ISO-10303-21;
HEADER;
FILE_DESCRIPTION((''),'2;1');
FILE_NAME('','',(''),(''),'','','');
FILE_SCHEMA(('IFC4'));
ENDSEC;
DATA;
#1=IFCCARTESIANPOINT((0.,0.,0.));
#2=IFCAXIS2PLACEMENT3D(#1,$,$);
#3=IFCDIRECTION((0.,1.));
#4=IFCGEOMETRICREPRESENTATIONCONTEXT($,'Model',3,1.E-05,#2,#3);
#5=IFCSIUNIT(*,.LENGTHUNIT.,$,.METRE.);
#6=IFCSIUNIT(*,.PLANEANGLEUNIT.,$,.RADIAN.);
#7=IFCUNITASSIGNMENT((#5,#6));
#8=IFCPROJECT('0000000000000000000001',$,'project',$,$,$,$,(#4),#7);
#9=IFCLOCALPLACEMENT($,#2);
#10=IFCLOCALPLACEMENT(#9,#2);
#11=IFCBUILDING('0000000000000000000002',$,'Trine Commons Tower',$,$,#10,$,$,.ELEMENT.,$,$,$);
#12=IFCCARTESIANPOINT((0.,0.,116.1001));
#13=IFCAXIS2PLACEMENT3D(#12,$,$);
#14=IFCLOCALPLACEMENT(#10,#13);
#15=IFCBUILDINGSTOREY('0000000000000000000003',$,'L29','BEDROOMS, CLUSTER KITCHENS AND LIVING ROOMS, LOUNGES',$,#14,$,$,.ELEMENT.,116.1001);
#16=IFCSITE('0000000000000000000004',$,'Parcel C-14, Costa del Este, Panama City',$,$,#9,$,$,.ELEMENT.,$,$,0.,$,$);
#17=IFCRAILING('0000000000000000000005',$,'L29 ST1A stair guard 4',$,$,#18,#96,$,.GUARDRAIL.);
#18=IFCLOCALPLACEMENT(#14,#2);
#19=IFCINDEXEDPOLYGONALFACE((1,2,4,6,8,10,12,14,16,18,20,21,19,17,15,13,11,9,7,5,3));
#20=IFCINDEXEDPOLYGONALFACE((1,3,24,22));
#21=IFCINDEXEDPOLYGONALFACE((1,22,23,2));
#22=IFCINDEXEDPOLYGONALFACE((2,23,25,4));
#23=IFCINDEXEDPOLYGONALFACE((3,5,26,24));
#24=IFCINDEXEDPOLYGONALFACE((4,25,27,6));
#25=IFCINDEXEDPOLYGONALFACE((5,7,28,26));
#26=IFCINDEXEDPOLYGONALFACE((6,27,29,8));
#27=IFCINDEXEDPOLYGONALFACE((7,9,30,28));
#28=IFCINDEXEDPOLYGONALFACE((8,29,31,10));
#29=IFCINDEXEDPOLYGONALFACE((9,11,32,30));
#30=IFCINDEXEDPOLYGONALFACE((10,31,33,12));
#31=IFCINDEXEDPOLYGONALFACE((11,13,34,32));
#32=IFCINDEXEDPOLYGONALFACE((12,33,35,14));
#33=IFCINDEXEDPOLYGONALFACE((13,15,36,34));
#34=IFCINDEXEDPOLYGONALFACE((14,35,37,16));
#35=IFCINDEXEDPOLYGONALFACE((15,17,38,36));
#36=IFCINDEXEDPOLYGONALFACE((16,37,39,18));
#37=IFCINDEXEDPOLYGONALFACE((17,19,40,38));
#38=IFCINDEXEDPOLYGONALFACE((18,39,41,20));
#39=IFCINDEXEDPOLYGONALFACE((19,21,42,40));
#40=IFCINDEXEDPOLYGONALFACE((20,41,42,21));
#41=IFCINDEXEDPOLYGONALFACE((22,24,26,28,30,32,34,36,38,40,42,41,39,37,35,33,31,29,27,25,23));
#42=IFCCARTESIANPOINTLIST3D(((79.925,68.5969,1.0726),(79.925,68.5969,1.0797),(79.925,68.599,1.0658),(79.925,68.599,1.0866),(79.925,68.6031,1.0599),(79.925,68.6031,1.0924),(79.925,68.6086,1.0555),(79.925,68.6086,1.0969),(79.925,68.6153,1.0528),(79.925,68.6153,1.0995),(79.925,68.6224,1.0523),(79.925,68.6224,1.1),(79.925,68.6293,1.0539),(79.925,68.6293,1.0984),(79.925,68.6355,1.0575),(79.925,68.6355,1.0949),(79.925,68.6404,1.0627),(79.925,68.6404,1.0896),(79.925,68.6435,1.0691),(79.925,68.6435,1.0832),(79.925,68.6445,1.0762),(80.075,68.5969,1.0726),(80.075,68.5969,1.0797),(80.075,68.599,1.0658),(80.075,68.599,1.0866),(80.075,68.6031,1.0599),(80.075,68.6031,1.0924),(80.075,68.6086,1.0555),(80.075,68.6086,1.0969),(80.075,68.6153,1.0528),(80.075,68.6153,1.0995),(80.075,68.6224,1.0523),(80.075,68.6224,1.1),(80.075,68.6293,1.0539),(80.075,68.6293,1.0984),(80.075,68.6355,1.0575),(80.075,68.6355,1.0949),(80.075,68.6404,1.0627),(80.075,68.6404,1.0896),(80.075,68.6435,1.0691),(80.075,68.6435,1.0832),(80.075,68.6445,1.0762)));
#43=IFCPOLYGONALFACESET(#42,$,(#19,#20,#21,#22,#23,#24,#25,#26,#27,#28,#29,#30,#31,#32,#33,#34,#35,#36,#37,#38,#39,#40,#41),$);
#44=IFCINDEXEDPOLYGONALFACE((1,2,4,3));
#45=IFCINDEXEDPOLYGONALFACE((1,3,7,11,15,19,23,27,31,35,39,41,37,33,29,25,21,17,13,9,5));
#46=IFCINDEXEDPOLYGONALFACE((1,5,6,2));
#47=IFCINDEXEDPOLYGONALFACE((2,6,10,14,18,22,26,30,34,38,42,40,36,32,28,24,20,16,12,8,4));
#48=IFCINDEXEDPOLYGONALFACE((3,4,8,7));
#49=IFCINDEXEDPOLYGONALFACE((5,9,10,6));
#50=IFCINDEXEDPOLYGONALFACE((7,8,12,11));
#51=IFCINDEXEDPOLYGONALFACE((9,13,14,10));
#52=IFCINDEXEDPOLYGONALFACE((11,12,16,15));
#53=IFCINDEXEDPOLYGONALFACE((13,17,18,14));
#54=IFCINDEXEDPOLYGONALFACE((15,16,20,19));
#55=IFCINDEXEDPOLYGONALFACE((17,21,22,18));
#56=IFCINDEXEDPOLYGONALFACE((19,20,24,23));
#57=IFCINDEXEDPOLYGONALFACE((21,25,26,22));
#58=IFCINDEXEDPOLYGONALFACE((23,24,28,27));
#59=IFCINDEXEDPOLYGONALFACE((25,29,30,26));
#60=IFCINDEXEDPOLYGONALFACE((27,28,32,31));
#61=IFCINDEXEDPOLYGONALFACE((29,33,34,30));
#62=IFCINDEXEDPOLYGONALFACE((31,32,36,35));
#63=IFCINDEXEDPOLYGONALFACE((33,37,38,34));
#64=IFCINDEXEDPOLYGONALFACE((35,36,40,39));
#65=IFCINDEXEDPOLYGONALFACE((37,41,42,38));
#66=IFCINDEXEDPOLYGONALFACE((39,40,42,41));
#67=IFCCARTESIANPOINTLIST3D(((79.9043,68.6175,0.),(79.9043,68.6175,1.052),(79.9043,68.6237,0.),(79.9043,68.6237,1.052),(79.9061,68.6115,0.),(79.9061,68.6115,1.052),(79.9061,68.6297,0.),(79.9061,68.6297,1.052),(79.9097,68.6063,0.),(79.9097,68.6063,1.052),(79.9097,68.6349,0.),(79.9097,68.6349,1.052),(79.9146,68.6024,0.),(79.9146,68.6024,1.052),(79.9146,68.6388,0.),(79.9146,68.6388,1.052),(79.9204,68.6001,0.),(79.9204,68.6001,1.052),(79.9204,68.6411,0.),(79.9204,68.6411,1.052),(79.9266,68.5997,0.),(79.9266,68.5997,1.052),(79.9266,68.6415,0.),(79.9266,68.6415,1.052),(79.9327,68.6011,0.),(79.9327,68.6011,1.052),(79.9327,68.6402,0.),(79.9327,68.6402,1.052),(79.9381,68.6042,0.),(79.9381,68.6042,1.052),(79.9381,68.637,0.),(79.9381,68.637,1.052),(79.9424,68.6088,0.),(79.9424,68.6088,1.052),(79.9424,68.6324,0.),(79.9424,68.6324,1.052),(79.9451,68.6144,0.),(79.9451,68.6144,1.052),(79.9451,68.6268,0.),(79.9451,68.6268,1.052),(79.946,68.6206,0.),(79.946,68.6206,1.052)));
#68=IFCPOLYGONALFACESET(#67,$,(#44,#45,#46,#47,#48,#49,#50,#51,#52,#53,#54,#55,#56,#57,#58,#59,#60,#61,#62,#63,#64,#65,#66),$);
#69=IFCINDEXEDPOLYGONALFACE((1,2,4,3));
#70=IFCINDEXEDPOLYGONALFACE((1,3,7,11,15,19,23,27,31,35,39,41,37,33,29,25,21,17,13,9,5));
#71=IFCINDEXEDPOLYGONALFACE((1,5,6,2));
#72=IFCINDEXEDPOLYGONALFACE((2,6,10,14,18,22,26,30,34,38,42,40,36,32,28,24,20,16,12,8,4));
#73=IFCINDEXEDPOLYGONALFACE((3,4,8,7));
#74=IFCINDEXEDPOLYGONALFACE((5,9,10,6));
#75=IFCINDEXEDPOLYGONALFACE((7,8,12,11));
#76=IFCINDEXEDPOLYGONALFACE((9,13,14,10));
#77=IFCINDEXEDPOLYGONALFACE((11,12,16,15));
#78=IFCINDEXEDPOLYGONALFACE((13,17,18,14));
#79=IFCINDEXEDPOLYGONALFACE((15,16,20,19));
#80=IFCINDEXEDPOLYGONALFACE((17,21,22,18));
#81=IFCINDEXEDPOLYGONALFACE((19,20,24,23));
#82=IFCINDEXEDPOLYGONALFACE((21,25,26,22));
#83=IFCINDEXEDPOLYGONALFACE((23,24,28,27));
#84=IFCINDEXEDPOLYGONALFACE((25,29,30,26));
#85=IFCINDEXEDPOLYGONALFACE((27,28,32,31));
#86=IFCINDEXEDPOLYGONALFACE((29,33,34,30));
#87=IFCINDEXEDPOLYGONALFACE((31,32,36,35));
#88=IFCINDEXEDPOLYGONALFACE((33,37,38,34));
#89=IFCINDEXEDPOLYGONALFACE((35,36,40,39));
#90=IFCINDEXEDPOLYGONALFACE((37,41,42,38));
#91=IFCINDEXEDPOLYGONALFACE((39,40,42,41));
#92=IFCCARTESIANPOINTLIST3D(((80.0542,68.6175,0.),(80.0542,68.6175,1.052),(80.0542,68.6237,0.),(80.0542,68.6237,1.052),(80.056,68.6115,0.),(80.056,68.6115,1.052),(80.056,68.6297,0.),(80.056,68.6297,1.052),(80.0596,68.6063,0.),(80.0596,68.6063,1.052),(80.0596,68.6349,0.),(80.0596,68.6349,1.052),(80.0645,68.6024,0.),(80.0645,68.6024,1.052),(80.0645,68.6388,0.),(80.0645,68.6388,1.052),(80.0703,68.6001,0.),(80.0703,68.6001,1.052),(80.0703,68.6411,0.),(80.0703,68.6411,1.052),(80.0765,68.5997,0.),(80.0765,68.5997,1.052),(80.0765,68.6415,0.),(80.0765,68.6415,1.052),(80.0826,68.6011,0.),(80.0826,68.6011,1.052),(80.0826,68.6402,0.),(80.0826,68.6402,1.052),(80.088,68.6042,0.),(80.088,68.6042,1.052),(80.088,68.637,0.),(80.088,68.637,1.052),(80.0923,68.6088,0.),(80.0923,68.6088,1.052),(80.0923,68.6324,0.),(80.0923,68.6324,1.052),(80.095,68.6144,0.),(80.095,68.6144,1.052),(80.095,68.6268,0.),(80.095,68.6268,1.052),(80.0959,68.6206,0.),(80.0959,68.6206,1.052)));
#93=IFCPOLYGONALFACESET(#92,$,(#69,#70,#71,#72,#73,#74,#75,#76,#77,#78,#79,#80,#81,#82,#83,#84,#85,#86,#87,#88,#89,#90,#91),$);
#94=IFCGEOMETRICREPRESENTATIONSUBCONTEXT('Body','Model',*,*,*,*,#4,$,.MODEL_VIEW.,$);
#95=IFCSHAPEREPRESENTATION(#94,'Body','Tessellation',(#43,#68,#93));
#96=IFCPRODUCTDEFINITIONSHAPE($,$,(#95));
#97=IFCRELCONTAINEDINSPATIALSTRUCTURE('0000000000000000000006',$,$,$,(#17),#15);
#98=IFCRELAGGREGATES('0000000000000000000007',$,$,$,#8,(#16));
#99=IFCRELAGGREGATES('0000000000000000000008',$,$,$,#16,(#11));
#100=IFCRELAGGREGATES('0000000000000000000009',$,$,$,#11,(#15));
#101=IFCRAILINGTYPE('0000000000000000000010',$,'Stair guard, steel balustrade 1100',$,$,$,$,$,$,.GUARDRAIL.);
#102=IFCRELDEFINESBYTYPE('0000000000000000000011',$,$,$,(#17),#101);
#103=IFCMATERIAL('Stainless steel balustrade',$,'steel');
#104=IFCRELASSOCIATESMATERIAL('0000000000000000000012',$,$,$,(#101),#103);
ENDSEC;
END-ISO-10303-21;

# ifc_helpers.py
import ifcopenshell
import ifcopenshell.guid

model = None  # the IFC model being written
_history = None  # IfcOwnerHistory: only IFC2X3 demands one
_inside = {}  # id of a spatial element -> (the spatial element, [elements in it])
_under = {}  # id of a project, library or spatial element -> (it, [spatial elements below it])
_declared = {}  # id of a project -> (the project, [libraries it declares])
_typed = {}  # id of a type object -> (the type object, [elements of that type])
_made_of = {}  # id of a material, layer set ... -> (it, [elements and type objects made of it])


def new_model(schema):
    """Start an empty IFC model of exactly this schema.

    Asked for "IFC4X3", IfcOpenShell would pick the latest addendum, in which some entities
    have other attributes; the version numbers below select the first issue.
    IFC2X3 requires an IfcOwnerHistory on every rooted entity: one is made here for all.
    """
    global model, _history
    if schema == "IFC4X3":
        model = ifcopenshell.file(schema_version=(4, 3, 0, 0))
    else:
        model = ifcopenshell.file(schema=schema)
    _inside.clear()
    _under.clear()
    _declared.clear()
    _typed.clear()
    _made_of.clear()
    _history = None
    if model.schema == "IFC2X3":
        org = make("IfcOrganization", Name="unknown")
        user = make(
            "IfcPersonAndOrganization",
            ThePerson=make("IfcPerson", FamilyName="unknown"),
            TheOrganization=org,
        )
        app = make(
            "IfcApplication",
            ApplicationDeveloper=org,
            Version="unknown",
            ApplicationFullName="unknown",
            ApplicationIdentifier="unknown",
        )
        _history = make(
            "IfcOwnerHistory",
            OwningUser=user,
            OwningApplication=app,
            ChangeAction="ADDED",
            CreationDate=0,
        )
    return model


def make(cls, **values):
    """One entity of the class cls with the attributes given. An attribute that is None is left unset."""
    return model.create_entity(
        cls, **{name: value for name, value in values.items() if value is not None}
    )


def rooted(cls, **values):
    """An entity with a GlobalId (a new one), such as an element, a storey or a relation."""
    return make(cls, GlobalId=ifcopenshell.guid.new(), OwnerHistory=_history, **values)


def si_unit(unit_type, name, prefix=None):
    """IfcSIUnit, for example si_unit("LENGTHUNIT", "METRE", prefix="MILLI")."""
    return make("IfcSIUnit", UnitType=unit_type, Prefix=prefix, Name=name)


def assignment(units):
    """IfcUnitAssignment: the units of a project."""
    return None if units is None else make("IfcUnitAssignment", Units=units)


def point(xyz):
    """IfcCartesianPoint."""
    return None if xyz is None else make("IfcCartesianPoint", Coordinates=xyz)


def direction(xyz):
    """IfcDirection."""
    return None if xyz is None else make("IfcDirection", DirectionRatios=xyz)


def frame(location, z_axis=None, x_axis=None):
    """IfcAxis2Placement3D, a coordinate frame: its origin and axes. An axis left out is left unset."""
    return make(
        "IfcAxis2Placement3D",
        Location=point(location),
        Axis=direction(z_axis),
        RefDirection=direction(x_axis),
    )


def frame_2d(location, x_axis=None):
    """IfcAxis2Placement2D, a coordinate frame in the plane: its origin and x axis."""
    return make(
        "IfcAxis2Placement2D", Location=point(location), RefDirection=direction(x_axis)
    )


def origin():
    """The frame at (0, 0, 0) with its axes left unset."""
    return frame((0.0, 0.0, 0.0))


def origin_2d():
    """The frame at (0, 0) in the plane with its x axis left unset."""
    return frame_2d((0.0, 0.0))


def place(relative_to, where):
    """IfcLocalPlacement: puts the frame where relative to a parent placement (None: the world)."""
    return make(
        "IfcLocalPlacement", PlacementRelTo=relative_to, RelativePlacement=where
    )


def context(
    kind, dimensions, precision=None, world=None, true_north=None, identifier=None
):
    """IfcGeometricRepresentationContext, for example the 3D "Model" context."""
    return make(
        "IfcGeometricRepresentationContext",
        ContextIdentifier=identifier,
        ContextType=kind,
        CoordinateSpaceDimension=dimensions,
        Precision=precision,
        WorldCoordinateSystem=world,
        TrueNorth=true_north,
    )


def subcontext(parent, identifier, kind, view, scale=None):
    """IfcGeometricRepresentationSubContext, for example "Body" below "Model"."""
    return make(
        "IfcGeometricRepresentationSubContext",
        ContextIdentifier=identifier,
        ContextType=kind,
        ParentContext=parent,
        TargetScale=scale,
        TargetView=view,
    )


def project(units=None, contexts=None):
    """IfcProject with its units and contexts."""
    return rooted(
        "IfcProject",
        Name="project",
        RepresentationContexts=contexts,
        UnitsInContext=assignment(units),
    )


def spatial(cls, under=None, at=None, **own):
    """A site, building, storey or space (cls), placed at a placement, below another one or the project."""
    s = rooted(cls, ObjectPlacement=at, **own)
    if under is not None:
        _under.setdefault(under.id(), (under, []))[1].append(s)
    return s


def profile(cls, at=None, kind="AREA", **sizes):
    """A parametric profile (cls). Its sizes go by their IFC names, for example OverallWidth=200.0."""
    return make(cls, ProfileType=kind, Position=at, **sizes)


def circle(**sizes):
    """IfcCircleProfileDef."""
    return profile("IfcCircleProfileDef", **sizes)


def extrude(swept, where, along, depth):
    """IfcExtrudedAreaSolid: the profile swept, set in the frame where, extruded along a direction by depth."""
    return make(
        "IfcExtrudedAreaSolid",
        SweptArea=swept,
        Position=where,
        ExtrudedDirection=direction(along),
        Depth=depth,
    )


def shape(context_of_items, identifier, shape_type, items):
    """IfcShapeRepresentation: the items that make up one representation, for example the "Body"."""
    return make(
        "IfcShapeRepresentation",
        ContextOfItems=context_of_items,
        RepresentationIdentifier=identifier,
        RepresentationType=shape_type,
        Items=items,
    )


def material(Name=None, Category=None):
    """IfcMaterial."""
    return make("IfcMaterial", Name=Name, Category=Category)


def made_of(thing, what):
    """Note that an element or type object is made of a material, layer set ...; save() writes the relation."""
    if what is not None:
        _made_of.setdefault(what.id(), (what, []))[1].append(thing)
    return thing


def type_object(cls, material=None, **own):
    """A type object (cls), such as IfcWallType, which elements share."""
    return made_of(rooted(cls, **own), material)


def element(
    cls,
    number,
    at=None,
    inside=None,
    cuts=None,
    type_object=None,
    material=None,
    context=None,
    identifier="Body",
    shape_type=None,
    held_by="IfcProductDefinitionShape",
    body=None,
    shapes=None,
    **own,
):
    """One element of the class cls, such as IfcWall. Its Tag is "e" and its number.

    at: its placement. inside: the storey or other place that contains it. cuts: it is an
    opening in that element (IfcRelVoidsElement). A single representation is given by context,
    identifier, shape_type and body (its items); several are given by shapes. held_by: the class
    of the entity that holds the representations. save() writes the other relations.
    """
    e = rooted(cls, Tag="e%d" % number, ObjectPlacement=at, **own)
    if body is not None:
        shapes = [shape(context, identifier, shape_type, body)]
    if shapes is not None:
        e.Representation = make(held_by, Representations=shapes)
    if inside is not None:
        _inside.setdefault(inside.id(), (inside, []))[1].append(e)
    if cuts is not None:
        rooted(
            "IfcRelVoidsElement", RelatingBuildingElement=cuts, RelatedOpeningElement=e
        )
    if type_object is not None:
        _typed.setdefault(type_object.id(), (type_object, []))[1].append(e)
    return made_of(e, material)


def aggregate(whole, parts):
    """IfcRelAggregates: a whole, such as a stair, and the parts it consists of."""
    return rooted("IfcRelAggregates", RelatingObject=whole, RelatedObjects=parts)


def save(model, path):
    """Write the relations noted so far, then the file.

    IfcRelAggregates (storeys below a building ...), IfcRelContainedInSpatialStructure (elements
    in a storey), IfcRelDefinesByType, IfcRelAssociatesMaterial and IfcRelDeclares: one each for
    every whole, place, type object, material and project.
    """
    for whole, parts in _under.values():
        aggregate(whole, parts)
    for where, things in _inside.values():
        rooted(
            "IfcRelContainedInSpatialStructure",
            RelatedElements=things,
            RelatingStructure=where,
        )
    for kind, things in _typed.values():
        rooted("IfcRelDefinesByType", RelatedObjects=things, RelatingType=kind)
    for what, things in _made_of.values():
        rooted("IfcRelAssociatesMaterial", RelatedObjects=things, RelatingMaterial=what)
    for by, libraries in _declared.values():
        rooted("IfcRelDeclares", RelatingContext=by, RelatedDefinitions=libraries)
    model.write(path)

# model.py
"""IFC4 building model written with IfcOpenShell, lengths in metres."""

from ifc_helpers import new_model, si_unit, direction, frame, origin, origin_2d, place, context, subcontext, project, spatial, circle, extrude, material, type_object, element, save


model = new_model("IFC4")

# Units and contexts
model_context = context("Model", 3, precision=1e-05, world=origin(), true_north=direction((0.0, 1.0)))
body_context = subcontext(model_context, "Body", "Model", "MODEL_VIEW")
ifc_project = project(units=[si_unit("LENGTHUNIT", "METRE"), si_unit("PLANEANGLEUNIT", "RADIAN")], contexts=[model_context])

# Site, building, storey
site_placement = place(None, origin())
site = spatial("IfcSite", under=ifc_project, at=site_placement, Name="Parcel C-14, Costa del Este, Panama City", CompositionType="ELEMENT", RefElevation=0.0)
building_placement = place(site_placement, origin())
building = spatial("IfcBuilding", under=site, at=building_placement, Name="Trine Commons Tower", CompositionType="ELEMENT")
storey_placement = place(building_placement, frame((0.0, 0.0, 116.1001)))
storey = spatial("IfcBuildingStorey", under=building, at=storey_placement, Name="L29", Description="BEDROOMS, CLUSTER KITCHENS AND LIVING ROOMS, LOUNGES", CompositionType="ELEMENT", Elevation=116.1001)

# Railing
ifc_material_1 = material(Name="Stainless steel balustrade", Category="steel")
railing_type_1 = type_object("IfcRailingType", Name="Stair guard, steel balustrade 1100", PredefinedType="GUARDRAIL", material=ifc_material_1)
railing_1_placement = place(storey_placement, frame((79.925, 68.6206, 0.0)))
element("IfcRailing", 1, at=railing_1_placement, inside=storey, type_object=railing_type_1, Name="L29 ST1A stair guard 4", PredefinedType="GUARDRAIL", context=body_context, shape_type="SweptSolid", body=[
    extrude(circle(Radius=0.0239, at=origin_2d()), frame((0.0, 0.0, 1.0762), z_axis=(1.0, 0.0, 0.0), x_axis=(0.0, 1.0, 0.0)), (0.0, 0.0, 1.0), 0.1499),
    extrude(circle(Radius=0.021, at=origin_2d()), origin(), (0.0, 0.0, 1.0), 1.052),
    extrude(circle(Radius=0.021, at=origin_2d()), frame((0.1499, 0.0, 0.0)), (0.0, 0.0, 1.0), 1.052),
])

save(model, "model.ifc")
